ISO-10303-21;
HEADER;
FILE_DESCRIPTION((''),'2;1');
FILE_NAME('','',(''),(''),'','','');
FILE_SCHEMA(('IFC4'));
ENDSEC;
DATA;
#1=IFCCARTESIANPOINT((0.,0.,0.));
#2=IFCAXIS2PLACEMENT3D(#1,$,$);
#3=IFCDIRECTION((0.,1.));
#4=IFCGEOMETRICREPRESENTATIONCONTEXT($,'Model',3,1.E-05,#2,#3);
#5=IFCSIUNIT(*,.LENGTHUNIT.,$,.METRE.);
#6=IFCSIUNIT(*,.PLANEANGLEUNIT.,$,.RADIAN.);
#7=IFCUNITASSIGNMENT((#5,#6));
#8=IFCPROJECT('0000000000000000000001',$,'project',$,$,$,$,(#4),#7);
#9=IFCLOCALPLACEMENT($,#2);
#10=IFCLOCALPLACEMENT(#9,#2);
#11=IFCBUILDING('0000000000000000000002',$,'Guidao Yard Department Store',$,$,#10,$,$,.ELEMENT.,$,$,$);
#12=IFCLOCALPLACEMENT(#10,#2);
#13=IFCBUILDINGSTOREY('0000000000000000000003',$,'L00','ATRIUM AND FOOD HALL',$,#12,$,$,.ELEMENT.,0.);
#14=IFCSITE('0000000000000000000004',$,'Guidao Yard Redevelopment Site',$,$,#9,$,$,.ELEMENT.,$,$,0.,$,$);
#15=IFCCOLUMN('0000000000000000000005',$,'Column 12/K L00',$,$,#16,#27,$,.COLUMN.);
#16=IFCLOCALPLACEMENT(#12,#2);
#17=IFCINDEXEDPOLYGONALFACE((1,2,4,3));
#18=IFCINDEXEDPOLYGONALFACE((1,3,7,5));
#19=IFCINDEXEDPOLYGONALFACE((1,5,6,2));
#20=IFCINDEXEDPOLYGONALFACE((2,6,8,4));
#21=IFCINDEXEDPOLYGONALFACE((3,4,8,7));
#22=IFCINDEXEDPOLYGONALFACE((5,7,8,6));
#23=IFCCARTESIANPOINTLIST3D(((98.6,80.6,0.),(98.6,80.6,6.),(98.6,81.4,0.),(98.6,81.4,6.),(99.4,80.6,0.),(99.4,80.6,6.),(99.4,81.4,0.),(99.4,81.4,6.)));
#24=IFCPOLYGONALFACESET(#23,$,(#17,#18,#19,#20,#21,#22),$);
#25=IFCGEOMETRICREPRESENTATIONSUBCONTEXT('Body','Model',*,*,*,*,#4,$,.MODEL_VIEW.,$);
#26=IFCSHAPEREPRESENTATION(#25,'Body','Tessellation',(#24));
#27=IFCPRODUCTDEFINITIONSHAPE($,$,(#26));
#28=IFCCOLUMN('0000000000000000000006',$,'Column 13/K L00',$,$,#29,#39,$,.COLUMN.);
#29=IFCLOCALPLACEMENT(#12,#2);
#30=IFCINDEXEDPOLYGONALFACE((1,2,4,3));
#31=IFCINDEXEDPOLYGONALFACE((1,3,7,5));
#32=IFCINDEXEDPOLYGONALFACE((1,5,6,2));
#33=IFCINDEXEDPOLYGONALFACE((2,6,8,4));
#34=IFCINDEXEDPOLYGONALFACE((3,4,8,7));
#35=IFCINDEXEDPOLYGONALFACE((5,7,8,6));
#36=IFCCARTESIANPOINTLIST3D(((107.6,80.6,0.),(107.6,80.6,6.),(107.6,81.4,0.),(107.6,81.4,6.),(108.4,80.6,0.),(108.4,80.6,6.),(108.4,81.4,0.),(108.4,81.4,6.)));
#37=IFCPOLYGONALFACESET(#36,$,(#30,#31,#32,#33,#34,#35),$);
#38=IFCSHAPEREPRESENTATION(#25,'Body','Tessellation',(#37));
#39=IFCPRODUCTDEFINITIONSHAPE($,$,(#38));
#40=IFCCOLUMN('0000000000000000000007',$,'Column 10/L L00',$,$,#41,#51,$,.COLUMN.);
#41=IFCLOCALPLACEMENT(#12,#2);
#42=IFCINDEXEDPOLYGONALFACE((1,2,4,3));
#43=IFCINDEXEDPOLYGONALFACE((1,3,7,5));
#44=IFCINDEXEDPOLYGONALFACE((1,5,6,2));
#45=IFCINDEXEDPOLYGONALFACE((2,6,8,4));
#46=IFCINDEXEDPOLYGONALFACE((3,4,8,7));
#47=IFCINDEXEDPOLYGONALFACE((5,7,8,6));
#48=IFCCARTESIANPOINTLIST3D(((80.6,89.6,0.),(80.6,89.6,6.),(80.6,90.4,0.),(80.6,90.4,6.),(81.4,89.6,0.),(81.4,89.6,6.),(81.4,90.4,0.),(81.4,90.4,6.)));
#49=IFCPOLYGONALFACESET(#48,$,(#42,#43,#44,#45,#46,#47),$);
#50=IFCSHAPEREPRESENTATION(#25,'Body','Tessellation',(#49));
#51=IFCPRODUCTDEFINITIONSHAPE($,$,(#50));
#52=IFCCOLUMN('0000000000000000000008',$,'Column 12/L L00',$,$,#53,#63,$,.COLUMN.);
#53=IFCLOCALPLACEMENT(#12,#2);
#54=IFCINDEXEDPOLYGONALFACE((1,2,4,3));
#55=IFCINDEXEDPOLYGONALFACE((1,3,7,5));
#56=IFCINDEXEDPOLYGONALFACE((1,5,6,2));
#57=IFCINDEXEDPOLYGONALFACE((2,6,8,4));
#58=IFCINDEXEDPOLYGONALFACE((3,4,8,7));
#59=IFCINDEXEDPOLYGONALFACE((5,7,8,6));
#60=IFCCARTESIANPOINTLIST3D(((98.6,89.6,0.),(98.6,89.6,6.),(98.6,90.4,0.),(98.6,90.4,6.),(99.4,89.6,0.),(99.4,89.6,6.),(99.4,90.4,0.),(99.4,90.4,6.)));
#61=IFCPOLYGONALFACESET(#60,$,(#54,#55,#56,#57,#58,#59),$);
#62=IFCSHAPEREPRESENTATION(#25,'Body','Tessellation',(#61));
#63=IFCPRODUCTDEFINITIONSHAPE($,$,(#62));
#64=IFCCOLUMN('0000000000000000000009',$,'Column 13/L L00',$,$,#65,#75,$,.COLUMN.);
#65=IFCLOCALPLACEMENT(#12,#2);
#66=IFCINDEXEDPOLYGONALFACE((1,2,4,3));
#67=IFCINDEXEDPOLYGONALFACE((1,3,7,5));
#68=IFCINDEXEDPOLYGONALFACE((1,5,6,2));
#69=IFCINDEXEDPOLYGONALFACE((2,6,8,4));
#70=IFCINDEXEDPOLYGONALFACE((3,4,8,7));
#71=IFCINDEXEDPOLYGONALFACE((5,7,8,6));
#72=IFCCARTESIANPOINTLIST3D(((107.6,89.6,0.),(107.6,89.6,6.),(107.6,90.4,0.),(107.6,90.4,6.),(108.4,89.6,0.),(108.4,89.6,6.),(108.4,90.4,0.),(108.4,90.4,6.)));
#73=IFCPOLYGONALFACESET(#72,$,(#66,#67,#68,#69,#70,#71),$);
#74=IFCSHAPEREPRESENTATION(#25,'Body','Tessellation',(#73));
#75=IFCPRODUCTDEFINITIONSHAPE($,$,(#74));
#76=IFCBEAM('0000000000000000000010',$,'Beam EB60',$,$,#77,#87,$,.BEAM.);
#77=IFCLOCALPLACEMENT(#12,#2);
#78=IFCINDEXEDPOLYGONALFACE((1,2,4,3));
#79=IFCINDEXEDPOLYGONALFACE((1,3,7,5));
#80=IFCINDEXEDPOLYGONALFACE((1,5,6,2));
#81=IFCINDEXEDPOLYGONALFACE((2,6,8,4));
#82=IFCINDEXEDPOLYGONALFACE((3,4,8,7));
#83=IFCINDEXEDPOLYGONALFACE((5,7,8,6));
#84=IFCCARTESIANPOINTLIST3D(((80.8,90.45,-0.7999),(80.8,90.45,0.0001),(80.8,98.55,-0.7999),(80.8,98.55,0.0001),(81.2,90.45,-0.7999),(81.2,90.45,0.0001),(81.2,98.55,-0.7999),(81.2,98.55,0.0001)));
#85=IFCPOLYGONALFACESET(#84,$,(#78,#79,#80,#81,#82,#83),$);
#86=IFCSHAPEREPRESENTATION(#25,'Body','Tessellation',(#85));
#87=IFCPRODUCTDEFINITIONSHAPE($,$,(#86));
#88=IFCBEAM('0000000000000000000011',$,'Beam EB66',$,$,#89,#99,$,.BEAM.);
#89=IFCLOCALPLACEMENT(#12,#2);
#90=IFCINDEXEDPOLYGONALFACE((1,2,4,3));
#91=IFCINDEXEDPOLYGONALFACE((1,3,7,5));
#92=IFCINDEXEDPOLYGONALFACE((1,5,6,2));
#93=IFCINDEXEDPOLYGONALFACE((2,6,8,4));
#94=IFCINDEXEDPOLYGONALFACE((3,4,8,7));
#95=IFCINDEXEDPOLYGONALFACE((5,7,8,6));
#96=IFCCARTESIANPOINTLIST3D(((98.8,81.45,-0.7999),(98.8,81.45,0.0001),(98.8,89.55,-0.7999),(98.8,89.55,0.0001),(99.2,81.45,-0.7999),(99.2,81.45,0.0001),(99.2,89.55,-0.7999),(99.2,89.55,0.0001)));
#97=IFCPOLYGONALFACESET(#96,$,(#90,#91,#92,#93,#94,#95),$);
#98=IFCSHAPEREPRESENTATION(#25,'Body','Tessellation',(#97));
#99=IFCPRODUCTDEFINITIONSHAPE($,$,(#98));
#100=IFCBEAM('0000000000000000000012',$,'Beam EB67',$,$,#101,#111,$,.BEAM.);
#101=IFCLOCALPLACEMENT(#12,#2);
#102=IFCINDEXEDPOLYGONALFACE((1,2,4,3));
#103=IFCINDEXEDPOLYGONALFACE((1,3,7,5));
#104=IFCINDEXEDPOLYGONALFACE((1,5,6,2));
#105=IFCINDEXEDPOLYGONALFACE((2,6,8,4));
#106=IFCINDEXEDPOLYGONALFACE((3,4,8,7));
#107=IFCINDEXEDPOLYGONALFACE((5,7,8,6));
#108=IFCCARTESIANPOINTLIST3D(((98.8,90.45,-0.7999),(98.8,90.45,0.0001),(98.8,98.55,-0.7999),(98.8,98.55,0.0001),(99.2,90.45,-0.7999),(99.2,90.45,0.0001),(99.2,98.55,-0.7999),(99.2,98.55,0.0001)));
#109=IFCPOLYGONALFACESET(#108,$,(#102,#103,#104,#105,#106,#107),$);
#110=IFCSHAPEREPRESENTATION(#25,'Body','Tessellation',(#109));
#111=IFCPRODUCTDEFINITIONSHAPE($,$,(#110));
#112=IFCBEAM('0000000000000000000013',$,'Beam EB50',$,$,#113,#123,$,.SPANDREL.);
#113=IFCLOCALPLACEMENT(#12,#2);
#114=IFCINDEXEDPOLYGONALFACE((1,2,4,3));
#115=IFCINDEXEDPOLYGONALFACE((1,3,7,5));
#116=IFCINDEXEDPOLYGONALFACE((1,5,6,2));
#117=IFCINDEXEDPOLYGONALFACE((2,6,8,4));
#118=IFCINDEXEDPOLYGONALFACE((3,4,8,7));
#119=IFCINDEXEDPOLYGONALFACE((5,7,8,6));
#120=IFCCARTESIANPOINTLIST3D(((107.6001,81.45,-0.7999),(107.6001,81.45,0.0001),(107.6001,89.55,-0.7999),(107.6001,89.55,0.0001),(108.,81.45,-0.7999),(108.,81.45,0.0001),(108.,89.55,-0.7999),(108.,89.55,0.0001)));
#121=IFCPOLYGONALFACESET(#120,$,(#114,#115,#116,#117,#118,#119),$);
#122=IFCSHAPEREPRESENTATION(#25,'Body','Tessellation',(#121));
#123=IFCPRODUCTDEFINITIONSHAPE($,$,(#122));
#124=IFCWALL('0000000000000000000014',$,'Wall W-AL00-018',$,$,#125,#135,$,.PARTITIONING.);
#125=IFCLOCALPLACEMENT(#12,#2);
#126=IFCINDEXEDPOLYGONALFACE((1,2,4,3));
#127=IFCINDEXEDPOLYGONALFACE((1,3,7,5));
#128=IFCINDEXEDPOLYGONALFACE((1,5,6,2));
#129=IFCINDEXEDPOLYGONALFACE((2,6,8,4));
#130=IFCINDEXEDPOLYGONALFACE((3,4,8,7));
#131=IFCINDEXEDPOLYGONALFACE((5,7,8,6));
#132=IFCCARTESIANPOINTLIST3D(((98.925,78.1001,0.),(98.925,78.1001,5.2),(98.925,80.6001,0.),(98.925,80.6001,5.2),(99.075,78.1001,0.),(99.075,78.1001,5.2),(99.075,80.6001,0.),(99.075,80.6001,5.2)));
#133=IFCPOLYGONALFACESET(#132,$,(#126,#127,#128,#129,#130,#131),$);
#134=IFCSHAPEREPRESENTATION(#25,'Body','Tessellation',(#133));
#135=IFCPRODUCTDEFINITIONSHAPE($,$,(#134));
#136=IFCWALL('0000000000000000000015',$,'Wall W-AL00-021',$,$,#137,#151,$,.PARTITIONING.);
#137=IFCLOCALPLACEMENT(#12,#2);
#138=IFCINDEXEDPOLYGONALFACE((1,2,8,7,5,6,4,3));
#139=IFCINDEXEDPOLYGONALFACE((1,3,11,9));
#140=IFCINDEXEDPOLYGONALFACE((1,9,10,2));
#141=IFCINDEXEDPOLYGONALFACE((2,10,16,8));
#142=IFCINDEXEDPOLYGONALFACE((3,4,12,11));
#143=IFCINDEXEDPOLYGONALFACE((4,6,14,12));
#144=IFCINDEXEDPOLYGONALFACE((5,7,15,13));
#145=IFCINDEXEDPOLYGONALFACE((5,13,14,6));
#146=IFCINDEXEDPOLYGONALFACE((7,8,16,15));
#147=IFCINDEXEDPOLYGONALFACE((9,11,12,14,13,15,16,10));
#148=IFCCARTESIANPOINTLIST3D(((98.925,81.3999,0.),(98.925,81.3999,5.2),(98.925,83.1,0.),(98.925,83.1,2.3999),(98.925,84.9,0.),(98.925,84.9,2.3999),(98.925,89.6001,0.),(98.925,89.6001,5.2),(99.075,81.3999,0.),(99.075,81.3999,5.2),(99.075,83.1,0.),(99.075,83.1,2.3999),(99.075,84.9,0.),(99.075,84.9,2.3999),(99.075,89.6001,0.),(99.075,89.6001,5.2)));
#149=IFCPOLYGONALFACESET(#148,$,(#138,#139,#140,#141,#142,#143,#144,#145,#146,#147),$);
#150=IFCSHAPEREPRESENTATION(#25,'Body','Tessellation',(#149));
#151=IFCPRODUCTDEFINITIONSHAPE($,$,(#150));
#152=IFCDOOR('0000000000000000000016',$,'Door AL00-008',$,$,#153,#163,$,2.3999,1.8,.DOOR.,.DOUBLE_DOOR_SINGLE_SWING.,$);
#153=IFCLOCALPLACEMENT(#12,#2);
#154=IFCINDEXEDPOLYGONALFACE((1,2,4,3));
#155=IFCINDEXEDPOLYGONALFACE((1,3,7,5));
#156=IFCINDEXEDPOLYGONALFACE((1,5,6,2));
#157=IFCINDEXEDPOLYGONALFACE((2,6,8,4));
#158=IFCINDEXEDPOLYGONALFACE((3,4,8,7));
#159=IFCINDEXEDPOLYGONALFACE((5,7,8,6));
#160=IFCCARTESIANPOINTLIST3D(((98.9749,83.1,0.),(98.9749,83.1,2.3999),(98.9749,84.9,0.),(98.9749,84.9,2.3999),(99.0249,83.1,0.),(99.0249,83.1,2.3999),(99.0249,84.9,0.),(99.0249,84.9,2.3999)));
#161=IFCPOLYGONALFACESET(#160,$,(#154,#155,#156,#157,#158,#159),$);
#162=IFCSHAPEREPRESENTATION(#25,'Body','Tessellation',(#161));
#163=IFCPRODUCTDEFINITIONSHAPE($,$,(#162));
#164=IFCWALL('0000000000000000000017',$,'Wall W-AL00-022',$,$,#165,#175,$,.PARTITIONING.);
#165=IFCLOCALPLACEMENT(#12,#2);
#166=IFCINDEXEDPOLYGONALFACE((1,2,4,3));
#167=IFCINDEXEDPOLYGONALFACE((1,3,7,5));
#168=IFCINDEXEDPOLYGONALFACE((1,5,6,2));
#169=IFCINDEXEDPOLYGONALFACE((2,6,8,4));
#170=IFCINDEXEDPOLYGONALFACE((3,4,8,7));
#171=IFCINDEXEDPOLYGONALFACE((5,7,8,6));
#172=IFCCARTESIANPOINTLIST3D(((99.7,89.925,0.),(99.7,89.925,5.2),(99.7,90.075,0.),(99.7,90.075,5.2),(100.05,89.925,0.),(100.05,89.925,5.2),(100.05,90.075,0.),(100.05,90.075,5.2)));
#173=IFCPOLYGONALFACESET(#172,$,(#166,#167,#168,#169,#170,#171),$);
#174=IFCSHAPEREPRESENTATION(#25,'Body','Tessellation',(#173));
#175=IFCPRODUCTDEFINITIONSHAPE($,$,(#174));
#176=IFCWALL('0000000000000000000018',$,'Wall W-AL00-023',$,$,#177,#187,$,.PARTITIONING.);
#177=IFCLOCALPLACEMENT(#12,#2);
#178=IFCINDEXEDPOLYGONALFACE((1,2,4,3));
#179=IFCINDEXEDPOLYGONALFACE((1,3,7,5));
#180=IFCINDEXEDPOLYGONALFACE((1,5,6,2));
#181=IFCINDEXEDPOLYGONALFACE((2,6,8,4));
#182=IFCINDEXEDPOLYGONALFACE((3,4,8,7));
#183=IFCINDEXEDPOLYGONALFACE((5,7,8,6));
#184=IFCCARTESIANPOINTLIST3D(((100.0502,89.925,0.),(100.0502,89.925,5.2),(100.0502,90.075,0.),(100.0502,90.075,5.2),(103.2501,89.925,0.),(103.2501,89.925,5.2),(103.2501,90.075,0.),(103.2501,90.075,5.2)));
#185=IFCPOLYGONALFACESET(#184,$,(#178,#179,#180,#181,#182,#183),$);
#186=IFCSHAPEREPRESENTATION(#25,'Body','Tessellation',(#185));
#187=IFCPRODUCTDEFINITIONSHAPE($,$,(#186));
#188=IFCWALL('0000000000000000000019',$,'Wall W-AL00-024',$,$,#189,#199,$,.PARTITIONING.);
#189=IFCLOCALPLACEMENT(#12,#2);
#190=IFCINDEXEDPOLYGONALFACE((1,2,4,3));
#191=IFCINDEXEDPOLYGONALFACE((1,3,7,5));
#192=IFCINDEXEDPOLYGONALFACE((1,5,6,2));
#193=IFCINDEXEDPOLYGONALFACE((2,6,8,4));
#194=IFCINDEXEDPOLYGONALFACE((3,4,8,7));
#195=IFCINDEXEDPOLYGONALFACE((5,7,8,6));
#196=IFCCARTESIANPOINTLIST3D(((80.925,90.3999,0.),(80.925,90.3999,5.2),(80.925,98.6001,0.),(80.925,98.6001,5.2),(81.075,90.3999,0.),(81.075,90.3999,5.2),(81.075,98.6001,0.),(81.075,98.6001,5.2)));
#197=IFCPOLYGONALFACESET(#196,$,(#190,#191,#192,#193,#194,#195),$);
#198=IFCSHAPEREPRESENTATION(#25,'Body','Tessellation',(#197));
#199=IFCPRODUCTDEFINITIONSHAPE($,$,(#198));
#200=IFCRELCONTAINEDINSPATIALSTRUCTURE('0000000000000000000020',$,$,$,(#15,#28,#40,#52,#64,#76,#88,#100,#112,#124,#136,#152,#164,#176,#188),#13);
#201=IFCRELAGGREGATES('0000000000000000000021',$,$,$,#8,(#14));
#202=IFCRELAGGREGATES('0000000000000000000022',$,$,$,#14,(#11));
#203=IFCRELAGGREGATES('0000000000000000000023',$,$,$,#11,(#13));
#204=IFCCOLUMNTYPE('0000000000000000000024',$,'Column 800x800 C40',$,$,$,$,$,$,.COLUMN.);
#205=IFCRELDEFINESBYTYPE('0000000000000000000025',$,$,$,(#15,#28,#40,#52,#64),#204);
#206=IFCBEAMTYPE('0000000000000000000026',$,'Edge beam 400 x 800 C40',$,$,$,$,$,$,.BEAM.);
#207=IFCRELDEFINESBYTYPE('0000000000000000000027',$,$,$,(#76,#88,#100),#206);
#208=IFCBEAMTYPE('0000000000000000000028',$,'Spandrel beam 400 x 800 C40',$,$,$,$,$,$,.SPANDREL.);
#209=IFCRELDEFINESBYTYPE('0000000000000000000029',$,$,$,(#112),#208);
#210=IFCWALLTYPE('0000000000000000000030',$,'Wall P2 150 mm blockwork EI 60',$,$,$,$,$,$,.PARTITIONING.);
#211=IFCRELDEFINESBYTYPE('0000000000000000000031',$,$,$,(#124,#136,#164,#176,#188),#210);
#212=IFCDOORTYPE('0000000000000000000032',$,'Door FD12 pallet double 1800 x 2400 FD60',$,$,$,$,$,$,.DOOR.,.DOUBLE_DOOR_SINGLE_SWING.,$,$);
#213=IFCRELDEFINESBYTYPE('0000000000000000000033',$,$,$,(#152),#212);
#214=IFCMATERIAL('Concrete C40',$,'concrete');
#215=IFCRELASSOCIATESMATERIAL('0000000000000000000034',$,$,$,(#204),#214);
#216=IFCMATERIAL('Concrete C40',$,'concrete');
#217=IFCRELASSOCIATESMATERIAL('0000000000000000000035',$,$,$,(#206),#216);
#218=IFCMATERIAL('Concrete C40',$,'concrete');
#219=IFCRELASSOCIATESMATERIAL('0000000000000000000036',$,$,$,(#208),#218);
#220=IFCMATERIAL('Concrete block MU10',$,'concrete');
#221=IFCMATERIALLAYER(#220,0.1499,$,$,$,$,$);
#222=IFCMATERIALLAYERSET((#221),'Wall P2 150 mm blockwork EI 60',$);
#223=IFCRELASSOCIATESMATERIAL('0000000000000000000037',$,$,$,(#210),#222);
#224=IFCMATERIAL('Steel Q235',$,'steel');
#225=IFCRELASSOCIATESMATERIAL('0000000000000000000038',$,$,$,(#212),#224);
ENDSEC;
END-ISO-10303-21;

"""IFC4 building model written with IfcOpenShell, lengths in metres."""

from ifc_helpers import new_model, si_unit, direction, frame, frame_2d, origin, origin_2d, place, context, subcontext, project, spatial, rectangle, extrude, material, layer, layer_set, material_profile, profile_set, type_object, element, fill, save


model = new_model("IFC4")

# Units and contexts
model_context = context("Model", 3, precision=1e-05, world=origin(), true_north=direction((0.0, 1.0)))
body_context = subcontext(model_context, "Body", "Model", "MODEL_VIEW")
ifc_project = project(units=[si_unit("LENGTHUNIT", "METRE"), si_unit("PLANEANGLEUNIT", "RADIAN")], contexts=[model_context])

# Site, building, storey
site_placement = place(None, origin())
site = spatial("IfcSite", under=ifc_project, at=site_placement, Name="Guidao Yard Redevelopment Site", CompositionType="ELEMENT", RefElevation=0.0)
building_placement = place(site_placement, origin())
building = spatial("IfcBuilding", under=site, at=building_placement, Name="Guidao Yard Department Store", CompositionType="ELEMENT")
storey_placement = place(building_placement, origin())
storey = spatial("IfcBuildingStorey", under=building, at=storey_placement, Name="L00", Description="ATRIUM AND FOOD HALL", CompositionType="ELEMENT", Elevation=0.0)

# Columns
ifc_material_1 = material(Name="Concrete C40", Category="concrete")
ifc_material_profile_1 = material_profile(ifc_material_1, rectangle(XDim=0.8, YDim=0.8, at=origin_2d()), Name="COL 800x800")
ifc_profile_set_1 = profile_set([ifc_material_profile_1], Name="Concrete C40")
column_type = type_object("IfcColumnType", Name="Column 800x800 C40", PredefinedType="COLUMN", material=ifc_profile_set_1)
for number, where, z_axis, x_axis, name in (
    (1, (99.0, 81.0, 0.0), (0.0, 0.0, 1.0), (1.0, 0.0, 0.0), "Column 12/K L00"),
    (2, (108.0, 81.0, 0.0), (0.0, 0.0, 1.0), (1.0, 0.0, 0.0), "Column 13/K L00"),
    (3, (81.0, 90.0, 0.0), (0.0, 0.0, 1.0), (1.0, 0.0, 0.0), "Column 10/L L00"),
    (4, (99.0, 90.0, 0.0), (0.0, 0.0, 1.0), (1.0, 0.0, 0.0), "Column 12/L L00"),
    (5, (108.0, 90.0, 0.0), (0.0, 0.0, 1.0), (1.0, 0.0, 0.0), "Column 13/L L00"),
):
    element("IfcColumn", number, at=place(storey_placement, frame(where, z_axis=z_axis, x_axis=x_axis)), inside=storey, type_object=column_type, Name=name, PredefinedType="COLUMN", context=body_context, shape_type="SweptSolid", body=[
        extrude(rectangle(XDim=0.8, YDim=0.8, at=origin_2d()), origin(), (0.0, 0.0, 1.0), 6.0),
    ])

# Beams
ifc_material_2 = material(Name="Concrete C40", Category="concrete")
ifc_material_profile_2 = material_profile(ifc_material_2, rectangle(XDim=0.3999, YDim=0.8, at=origin_2d()), Name="Edge beam 400 x 800 C40")
ifc_profile_set_2 = profile_set([ifc_material_profile_2], Name="Concrete C40")
beam_type_1 = type_object("IfcBeamType", Name="Edge beam 400 x 800 C40", PredefinedType="BEAM", material=ifc_profile_set_2)
for number, where, z_axis, x_axis, name in (
    (6, (81.0, 90.45, -0.3999), (0.0, 1.0, 0.0), (-1.0, 0.0, 0.0), "Beam EB60"),
    (7, (99.0, 81.45, -0.3999), (0.0, 1.0, 0.0), (-1.0, 0.0, 0.0), "Beam EB66"),
    (8, (99.0, 90.45, -0.3999), (0.0, 1.0, 0.0), (-1.0, 0.0, 0.0), "Beam EB67"),
):
    element("IfcBeam", number, at=place(storey_placement, frame(where, z_axis=z_axis, x_axis=x_axis)), inside=storey, type_object=beam_type_1, Name=name, PredefinedType="BEAM", context=body_context, shape_type="SweptSolid", body=[
        extrude(rectangle(XDim=0.3999, YDim=0.8, at=origin_2d()), origin(), (0.0, 0.0, 1.0), 8.1001),
    ])
ifc_material_3 = material(Name="Concrete C40", Category="concrete")
ifc_material_profile_3 = material_profile(ifc_material_3, rectangle(XDim=0.3999, YDim=0.8, at=origin_2d()), Name="Spandrel beam 400 x 800 C40")
ifc_profile_set_3 = profile_set([ifc_material_profile_3], Name="Concrete C40")
beam_type_2 = type_object("IfcBeamType", Name="Spandrel beam 400 x 800 C40", PredefinedType="SPANDREL", material=ifc_profile_set_3)
beam_placement = place(storey_placement, frame((107.8, 81.45, -0.3999), z_axis=(0.0, 1.0, 0.0), x_axis=(-1.0, 0.0, 0.0)))
element("IfcBeam", 9, at=beam_placement, inside=storey, type_object=beam_type_2, Name="Beam EB50", PredefinedType="SPANDREL", context=body_context, shape_type="SweptSolid", body=[
    extrude(rectangle(XDim=0.3999, YDim=0.8, at=origin_2d()), origin(), (0.0, 0.0, 1.0), 8.1001),
])

# Wall
ifc_material_4 = material(Name="Concrete block MU10", Category="concrete")
ifc_layer_1 = layer(ifc_material_4, 0.1499)
ifc_layer_set_1 = layer_set([ifc_layer_1], Name="Wall P2 150 mm blockwork EI 60")
wall_type_1 = type_object("IfcWallType", Name="Wall P2 150 mm blockwork EI 60", PredefinedType="PARTITIONING", material=ifc_layer_set_1)
wall_1_placement = place(storey_placement, frame((99.0, 78.1001, 0.0), z_axis=(0.0, 0.0, 1.0), x_axis=(0.0, 1.0, 0.0)))
element("IfcWall", 10, at=wall_1_placement, inside=storey, type_object=wall_type_1, Name="Wall W-AL00-018", PredefinedType="PARTITIONING", context=body_context, shape_type="SweptSolid", body=[
    extrude(rectangle(XDim=2.5, YDim=0.1499, at=frame_2d((1.25, 0.0))), origin(), (0.0, 0.0, 1.0), 5.2),
])

# Wall, opening, door
wall_2_placement = place(storey_placement, frame((99.0, 81.3999, 0.0), z_axis=(0.0, 0.0, 1.0), x_axis=(0.0, 1.0, 0.0)))
wall_2 = element("IfcWall", 11, at=wall_2_placement, inside=storey, type_object=wall_type_1, Name="Wall W-AL00-021", PredefinedType="PARTITIONING", context=body_context, shape_type="SweptSolid", body=[
    extrude(rectangle(XDim=8.2002, YDim=0.1499, at=frame_2d((4.1001, 0.0))), origin(), (0.0, 0.0, 1.0), 5.2),
])
opening_1_placement = place(wall_2_placement, frame((3.5, 0.0, 0.0), z_axis=(0.0, 0.0, 1.0), x_axis=(-1.0, 0.0, 0.0)))
opening_1 = element("IfcOpeningElement", 12, at=opening_1_placement, cuts=wall_2, PredefinedType="OPENING", context=body_context, shape_type="SweptSolid", body=[
    extrude(rectangle(XDim=1.8, YDim=2.3999, at=frame_2d((0.8999, 1.2))), frame((0.0, 0.085, 0.0), z_axis=(0.0, -1.0, 0.0), x_axis=(1.0, 0.0, 0.0)), (0.0, 0.0, 1.0), 0.1699),
])
ifc_material_5 = material(Name="Steel Q235", Category="steel")
door_type_1 = type_object("IfcDoorType", Name="Door FD12 pallet double 1800 x 2400 FD60", OperationType="DOUBLE_DOOR_SINGLE_SWING", PredefinedType="DOOR", material=ifc_material_5)
door_1_placement = place(opening_1_placement, origin())
door_1 = element("IfcDoor", 13, at=door_1_placement, inside=storey, type_object=door_type_1, Name="Door AL00-008", OperationType="DOUBLE_DOOR_SINGLE_SWING", OverallHeight=2.3999, OverallWidth=1.8, PredefinedType="DOOR", context=body_context, shape_type="SweptSolid", body=[
    extrude(rectangle(XDim=1.8, YDim=2.3999, at=frame_2d((0.8999, 1.2))), frame((0.0, 0.0249, 0.0), z_axis=(0.0, -1.0, 0.0), x_axis=(1.0, 0.0, 0.0)), (0.0, 0.0, 1.0), 0.05),
])
fill(opening_1, door_1)

# Walls
wall_3_placement = place(storey_placement, frame((99.7, 90.0, 0.0), z_axis=(0.0, 0.0, 1.0), x_axis=(1.0, 0.0, 0.0)))
element("IfcWall", 14, at=wall_3_placement, inside=storey, type_object=wall_type_1, Name="Wall W-AL00-022", PredefinedType="PARTITIONING", context=body_context, shape_type="SweptSolid", body=[
    extrude(rectangle(XDim=0.3501, YDim=0.1499, at=frame_2d((0.175, 0.0))), origin(), (0.0, 0.0, 1.0), 5.2),
])
wall_4_placement = place(storey_placement, frame((100.05, 90.0, 0.0), z_axis=(0.0, 0.0, 1.0), x_axis=(1.0, 0.0, 0.0)))
element("IfcWall", 15, at=wall_4_placement, inside=storey, type_object=wall_type_1, Name="Wall W-AL00-023", PredefinedType="PARTITIONING", context=body_context, shape_type="SweptSolid", body=[
    extrude(rectangle(XDim=3.2, YDim=0.1499, at=frame_2d((1.6001, 0.0))), origin(), (0.0, 0.0, 1.0), 5.2),
])
wall_5_placement = place(storey_placement, frame((81.0, 90.3999, 0.0), z_axis=(0.0, 0.0, 1.0), x_axis=(0.0, 1.0, 0.0)))
element("IfcWall", 16, at=wall_5_placement, inside=storey, type_object=wall_type_1, Name="Wall W-AL00-024", PredefinedType="PARTITIONING", context=body_context, shape_type="SweptSolid", body=[
    extrude(rectangle(XDim=8.2002, YDim=0.1499, at=frame_2d((4.1001, 0.0))), origin(), (0.0, 0.0, 1.0), 5.2),
])

save(model, "model.ifc")
